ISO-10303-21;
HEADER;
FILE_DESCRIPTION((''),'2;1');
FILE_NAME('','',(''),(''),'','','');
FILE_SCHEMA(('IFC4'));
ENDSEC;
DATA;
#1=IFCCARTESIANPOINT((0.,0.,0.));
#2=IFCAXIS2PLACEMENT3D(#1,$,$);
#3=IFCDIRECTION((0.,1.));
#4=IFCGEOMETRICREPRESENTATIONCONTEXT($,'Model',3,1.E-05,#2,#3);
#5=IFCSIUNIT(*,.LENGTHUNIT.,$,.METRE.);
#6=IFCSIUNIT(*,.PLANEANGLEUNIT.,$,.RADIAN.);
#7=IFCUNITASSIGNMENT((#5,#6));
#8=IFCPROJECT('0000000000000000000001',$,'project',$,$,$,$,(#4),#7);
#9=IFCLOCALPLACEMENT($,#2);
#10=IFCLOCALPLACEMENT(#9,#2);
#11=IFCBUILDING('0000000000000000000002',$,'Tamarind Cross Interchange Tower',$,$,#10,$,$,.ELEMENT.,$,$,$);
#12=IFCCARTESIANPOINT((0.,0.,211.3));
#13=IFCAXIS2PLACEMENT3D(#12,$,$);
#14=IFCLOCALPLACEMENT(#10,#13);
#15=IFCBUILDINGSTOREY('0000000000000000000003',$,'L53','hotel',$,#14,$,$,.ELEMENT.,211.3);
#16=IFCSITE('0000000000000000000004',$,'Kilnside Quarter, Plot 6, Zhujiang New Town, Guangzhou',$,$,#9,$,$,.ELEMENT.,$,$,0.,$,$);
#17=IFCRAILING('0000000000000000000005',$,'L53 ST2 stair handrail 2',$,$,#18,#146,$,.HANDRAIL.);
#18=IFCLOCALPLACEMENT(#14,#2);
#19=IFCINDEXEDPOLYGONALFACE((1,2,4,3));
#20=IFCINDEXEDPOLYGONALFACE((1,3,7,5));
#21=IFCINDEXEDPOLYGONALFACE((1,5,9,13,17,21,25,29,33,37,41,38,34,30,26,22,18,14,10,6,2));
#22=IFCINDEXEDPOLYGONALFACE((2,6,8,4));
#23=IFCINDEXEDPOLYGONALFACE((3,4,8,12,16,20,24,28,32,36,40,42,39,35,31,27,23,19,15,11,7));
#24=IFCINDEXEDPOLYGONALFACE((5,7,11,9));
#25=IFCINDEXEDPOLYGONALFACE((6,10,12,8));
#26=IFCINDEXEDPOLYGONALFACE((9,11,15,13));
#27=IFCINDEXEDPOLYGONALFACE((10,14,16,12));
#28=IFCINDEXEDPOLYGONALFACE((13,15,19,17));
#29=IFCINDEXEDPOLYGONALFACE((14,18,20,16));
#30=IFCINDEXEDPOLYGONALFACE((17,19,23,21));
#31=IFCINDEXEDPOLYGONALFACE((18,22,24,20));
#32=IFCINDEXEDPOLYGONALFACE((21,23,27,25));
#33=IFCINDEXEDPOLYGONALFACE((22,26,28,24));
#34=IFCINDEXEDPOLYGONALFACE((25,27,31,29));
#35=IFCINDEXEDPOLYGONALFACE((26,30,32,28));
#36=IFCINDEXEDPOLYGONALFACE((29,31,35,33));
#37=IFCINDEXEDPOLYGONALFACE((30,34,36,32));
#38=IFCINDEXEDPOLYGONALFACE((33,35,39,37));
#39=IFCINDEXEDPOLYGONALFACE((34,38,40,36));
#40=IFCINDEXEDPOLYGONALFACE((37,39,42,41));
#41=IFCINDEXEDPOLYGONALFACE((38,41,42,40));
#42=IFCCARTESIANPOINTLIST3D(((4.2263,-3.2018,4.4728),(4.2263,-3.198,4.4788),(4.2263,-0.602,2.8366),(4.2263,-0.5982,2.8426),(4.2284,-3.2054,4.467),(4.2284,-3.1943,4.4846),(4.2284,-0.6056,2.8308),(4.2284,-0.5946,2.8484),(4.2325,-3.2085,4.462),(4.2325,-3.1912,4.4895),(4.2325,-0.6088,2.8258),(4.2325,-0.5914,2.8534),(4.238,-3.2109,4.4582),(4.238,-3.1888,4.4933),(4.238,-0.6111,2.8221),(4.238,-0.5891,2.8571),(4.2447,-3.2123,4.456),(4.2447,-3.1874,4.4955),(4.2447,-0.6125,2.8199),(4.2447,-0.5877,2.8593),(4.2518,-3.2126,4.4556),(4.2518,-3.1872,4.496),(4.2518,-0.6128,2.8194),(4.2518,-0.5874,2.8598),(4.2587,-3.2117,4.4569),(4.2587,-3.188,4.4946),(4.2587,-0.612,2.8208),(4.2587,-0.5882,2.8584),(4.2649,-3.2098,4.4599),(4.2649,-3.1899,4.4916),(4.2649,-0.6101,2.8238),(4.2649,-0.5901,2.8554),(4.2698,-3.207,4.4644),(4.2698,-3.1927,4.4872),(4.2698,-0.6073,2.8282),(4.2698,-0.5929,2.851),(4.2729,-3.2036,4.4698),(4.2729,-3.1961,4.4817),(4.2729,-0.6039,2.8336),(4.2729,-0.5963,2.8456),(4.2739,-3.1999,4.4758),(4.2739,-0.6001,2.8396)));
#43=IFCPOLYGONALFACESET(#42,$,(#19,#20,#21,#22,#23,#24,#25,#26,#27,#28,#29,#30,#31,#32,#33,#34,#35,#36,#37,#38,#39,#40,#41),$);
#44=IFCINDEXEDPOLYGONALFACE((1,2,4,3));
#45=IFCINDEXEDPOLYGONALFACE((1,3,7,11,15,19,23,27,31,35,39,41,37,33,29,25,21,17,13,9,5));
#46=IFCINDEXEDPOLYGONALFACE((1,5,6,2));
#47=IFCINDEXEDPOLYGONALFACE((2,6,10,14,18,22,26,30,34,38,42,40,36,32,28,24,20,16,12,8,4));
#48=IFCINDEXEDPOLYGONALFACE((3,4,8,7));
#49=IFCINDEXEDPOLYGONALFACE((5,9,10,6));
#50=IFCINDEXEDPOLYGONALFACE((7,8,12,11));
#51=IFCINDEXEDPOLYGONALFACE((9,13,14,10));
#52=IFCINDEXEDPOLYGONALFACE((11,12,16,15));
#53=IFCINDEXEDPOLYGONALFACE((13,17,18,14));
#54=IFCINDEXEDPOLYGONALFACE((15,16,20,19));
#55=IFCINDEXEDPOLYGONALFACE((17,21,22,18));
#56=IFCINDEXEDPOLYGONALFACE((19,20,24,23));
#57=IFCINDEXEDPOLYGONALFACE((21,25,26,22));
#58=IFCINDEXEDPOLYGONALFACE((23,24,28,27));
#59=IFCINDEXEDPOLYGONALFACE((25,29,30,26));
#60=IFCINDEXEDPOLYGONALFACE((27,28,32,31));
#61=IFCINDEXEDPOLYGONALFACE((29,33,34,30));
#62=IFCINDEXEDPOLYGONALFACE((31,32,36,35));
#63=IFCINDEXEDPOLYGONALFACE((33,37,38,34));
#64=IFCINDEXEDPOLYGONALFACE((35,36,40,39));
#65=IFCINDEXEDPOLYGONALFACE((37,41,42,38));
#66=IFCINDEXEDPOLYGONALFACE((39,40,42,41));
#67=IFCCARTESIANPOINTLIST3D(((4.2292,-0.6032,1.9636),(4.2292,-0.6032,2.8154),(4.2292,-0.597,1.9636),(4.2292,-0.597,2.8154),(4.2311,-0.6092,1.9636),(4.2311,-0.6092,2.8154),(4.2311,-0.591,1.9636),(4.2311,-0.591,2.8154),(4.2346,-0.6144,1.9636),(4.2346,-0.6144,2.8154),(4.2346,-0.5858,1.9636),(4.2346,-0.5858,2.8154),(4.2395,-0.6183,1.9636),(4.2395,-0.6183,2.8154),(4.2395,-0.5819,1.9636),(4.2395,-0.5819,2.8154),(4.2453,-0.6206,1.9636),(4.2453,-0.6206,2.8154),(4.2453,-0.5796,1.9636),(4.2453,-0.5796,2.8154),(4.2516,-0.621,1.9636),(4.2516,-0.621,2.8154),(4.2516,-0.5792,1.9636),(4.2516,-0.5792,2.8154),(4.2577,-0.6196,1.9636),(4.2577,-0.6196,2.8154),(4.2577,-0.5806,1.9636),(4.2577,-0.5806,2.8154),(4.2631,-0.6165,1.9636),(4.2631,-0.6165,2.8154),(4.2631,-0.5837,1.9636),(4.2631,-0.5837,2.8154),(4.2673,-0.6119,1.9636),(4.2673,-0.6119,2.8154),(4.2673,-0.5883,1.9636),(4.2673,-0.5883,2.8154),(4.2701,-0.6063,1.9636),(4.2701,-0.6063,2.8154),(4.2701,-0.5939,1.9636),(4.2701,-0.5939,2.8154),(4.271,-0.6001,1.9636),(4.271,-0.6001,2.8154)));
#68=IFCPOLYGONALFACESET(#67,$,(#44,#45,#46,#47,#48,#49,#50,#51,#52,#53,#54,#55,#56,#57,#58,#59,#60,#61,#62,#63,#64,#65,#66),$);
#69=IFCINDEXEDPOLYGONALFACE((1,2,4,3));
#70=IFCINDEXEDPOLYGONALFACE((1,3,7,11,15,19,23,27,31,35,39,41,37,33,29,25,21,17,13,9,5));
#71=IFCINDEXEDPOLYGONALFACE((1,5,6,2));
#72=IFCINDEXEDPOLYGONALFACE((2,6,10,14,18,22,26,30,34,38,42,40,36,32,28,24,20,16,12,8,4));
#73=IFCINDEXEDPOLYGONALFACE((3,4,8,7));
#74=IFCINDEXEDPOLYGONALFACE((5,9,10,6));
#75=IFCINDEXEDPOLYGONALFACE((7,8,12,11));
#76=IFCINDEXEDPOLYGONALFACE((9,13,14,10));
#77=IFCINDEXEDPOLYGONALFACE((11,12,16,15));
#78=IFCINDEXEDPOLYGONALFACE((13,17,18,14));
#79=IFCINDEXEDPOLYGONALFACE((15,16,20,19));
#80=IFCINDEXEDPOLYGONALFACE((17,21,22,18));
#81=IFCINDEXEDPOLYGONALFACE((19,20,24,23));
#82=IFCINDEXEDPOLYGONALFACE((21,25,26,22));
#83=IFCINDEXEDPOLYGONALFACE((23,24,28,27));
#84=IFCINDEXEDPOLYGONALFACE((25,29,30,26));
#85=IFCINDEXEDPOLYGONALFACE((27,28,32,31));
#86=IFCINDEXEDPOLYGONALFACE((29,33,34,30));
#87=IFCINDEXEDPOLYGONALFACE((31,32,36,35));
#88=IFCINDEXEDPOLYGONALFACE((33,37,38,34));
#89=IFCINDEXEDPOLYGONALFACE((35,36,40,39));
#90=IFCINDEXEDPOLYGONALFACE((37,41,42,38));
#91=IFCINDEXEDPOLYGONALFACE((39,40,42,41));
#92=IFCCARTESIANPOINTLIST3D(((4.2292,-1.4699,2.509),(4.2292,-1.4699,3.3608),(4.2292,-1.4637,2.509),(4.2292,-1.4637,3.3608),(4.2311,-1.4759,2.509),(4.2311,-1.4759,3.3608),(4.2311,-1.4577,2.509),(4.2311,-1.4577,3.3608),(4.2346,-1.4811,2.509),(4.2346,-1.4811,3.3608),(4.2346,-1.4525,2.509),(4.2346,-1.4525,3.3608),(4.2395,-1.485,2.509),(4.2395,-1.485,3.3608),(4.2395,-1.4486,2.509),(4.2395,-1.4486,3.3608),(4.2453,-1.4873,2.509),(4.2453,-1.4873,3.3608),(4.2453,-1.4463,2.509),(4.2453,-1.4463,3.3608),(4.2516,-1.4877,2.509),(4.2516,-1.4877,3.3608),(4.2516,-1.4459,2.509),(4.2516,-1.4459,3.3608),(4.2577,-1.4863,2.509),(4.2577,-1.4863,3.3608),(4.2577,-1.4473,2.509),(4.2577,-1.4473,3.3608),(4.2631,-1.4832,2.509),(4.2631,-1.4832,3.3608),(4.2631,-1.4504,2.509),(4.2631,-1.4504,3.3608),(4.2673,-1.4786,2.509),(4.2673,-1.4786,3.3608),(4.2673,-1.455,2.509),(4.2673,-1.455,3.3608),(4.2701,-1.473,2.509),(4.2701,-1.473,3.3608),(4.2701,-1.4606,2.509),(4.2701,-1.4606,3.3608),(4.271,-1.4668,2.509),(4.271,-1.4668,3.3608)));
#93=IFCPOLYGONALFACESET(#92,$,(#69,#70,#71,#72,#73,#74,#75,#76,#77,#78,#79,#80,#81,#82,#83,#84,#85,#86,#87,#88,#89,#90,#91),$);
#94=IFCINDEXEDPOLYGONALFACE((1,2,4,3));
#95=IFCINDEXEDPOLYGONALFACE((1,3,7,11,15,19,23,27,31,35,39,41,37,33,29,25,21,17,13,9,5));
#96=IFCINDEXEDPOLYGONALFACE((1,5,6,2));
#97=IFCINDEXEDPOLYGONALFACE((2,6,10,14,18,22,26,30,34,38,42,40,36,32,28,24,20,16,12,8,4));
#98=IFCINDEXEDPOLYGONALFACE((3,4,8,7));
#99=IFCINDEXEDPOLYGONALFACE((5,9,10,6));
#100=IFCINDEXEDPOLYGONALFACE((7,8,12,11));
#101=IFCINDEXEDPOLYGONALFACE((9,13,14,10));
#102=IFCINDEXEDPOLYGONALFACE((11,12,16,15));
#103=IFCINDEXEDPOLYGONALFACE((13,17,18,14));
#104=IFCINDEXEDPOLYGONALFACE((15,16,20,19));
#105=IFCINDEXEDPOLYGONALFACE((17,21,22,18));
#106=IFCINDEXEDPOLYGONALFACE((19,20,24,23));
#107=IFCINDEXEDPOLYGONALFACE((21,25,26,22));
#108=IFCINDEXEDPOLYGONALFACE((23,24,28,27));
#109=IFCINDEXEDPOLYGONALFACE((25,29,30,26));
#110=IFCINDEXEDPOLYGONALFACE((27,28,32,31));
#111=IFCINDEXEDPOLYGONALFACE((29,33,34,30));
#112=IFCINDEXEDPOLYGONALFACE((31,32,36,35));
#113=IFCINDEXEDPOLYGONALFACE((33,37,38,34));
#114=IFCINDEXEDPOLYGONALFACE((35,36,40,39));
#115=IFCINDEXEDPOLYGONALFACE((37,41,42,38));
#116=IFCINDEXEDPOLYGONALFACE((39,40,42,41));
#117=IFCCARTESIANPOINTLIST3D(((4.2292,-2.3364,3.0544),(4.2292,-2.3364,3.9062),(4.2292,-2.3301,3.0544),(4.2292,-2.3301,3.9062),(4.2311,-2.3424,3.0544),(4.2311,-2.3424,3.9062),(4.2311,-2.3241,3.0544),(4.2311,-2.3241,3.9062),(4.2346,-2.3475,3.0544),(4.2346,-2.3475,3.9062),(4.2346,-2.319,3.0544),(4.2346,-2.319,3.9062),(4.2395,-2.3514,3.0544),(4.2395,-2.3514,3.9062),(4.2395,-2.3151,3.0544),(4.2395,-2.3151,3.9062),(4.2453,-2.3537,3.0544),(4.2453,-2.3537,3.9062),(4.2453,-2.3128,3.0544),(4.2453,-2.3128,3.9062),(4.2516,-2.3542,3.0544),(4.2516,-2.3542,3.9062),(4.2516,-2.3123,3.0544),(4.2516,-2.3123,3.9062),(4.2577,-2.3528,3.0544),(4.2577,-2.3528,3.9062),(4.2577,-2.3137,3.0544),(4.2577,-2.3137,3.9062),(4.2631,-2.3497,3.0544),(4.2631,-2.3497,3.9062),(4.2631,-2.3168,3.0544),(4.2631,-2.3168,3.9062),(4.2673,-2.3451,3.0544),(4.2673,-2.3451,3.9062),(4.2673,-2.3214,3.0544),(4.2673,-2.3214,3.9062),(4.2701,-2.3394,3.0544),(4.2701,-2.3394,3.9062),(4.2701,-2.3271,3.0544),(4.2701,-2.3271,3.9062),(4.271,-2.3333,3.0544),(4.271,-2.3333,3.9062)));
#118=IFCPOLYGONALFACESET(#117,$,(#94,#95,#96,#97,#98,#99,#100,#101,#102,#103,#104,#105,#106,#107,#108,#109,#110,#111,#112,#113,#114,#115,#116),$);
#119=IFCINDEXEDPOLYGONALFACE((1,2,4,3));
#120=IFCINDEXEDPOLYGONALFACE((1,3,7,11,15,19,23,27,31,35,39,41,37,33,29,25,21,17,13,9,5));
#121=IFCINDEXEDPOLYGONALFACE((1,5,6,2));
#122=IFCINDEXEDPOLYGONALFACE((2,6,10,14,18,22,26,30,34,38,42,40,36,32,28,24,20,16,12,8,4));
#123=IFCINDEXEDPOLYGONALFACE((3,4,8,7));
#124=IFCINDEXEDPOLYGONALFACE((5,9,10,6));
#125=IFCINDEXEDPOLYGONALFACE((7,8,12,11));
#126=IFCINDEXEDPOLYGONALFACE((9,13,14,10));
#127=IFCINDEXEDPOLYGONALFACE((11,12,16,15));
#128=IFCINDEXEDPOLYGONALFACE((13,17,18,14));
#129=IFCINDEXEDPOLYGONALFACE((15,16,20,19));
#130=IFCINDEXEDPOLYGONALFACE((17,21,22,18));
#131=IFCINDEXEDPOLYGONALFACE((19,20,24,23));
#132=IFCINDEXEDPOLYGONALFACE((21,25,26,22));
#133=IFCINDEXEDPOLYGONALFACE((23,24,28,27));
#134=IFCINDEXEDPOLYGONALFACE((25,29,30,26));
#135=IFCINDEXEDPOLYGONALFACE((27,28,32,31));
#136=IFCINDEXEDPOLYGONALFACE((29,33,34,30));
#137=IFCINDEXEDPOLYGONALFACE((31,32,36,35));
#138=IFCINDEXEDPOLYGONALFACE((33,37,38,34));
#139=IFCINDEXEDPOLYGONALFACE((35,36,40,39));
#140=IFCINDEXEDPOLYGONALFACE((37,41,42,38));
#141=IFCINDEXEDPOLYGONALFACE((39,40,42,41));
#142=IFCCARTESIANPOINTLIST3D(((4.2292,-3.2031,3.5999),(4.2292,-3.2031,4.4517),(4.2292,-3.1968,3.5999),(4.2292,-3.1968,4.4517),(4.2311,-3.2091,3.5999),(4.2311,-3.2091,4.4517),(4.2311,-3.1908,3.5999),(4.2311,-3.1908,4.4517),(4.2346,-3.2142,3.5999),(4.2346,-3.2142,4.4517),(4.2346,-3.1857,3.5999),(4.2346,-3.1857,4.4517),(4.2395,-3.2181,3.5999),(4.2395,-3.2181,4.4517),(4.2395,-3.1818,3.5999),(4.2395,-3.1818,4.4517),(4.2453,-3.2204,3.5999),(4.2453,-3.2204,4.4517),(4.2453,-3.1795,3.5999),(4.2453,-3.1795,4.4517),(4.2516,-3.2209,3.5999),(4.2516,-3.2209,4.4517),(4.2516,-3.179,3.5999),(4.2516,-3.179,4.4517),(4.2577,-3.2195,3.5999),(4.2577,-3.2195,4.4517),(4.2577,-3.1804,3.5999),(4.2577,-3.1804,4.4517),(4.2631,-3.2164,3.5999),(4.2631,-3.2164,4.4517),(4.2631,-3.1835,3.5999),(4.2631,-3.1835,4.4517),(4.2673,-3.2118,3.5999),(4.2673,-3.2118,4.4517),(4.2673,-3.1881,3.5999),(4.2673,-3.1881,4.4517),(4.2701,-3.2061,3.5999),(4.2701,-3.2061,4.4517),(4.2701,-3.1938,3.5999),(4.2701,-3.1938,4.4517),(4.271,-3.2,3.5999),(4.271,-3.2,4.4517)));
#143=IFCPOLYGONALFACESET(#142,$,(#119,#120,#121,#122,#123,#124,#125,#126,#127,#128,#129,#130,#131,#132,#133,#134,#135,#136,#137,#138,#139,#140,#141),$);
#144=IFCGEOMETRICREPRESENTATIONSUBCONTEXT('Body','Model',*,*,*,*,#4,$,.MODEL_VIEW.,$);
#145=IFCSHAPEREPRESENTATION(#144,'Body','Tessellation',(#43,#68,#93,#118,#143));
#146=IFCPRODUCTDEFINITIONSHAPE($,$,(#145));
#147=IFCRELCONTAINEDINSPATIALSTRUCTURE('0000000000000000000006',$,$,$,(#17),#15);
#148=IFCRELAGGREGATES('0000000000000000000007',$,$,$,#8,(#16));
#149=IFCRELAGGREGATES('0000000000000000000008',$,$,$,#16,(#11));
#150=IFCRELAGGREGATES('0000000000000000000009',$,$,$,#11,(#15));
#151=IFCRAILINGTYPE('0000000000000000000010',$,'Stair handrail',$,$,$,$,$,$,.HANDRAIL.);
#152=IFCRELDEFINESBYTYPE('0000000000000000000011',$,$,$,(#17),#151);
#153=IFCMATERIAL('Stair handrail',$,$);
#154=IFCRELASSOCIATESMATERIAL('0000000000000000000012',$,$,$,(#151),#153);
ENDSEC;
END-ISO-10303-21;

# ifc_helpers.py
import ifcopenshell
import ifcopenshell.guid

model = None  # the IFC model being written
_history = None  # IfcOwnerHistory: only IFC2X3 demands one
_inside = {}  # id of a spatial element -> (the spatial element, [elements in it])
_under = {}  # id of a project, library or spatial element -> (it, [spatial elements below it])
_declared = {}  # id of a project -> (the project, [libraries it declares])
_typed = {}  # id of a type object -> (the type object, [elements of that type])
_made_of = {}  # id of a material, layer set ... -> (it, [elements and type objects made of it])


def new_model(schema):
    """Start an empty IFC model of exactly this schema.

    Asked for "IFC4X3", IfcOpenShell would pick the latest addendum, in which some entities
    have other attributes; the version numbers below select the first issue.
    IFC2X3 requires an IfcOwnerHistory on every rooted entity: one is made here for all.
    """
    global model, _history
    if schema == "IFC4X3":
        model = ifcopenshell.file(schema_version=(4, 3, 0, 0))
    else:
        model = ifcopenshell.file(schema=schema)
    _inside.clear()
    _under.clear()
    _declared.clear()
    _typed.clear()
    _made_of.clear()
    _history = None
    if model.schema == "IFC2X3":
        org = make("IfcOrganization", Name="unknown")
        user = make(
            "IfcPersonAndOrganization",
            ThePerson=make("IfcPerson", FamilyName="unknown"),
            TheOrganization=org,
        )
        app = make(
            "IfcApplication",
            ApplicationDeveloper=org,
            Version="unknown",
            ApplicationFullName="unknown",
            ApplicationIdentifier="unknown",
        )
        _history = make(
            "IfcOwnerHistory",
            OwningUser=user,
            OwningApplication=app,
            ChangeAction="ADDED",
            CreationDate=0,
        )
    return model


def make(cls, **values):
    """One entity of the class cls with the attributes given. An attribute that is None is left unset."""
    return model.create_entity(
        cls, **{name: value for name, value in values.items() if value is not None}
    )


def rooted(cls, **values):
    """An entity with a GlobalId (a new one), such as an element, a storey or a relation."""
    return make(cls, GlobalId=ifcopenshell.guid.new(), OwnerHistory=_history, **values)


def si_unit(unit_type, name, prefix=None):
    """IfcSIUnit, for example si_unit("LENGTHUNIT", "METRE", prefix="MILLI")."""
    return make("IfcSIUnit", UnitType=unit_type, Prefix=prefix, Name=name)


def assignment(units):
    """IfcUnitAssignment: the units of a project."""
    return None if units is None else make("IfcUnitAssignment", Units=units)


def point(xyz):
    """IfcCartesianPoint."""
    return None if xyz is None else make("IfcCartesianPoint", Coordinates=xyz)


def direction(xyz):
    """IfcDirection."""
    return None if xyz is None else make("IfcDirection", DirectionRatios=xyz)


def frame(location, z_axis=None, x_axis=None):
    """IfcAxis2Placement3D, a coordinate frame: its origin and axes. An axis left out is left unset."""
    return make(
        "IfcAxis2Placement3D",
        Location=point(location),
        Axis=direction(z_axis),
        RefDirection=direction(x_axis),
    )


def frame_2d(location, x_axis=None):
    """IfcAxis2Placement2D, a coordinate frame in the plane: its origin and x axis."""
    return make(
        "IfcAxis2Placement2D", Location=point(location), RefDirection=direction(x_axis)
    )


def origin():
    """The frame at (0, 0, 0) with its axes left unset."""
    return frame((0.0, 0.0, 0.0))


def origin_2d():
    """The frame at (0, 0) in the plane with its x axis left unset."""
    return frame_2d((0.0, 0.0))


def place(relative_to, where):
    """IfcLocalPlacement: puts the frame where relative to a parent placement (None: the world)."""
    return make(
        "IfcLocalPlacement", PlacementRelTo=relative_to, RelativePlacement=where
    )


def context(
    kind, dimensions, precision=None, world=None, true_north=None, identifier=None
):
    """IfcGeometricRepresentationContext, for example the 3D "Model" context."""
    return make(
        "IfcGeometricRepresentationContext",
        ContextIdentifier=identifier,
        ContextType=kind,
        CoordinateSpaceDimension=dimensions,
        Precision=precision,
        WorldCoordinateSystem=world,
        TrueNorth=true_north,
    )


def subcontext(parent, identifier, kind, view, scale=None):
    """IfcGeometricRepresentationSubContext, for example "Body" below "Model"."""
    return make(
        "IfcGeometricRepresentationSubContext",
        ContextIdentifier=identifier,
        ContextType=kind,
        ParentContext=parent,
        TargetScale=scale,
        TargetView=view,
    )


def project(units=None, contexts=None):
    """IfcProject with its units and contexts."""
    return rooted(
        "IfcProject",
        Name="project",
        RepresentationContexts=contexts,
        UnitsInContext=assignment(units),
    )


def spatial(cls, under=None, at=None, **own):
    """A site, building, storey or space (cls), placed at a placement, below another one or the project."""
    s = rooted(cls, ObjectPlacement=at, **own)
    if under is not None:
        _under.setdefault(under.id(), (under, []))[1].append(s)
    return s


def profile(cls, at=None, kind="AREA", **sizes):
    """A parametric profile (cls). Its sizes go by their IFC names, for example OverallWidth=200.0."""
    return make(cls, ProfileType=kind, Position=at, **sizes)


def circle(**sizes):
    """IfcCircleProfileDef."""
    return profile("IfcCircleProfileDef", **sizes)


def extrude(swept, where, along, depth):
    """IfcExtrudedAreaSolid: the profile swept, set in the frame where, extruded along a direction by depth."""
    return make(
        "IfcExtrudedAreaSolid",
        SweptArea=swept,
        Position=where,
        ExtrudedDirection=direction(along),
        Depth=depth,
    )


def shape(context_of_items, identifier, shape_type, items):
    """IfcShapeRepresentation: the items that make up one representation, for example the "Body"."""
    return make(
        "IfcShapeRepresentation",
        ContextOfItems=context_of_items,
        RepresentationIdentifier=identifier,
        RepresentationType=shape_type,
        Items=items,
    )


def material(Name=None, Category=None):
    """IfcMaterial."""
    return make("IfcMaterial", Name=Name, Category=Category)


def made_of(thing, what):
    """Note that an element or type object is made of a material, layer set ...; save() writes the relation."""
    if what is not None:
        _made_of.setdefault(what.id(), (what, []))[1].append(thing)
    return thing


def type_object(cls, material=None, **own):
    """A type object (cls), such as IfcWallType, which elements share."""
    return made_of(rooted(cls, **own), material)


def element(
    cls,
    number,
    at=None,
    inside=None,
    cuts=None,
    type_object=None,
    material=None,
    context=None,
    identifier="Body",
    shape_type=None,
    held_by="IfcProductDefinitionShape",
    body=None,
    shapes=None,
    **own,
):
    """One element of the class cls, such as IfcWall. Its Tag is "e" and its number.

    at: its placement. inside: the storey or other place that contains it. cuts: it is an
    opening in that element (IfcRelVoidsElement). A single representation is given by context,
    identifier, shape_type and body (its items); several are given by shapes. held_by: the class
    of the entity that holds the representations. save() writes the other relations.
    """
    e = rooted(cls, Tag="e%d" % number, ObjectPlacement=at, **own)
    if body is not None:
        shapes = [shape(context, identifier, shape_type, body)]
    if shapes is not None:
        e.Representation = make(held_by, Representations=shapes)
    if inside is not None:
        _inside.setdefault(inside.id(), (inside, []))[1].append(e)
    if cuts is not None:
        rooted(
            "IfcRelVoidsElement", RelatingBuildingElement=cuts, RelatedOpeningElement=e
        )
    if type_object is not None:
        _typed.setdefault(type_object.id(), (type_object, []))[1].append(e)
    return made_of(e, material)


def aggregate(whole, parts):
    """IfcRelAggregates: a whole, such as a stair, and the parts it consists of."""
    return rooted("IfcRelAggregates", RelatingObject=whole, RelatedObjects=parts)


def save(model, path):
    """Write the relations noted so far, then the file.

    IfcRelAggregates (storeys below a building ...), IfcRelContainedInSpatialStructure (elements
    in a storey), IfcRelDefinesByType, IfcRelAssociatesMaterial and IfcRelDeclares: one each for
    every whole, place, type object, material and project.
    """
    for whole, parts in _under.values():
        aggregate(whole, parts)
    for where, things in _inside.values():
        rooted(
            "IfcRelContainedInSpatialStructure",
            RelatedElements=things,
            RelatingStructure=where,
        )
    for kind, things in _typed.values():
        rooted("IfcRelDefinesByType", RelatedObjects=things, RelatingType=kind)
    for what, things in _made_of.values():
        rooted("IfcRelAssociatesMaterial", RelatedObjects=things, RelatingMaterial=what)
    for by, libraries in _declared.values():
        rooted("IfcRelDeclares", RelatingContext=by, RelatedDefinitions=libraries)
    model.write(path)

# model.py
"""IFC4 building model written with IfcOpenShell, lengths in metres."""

from ifc_helpers import new_model, si_unit, direction, frame, origin, origin_2d, place, context, subcontext, project, spatial, circle, extrude, material, type_object, element, save


model = new_model("IFC4")

# Units and contexts
model_context = context("Model", 3, precision=1e-05, world=origin(), true_north=direction((0.0, 1.0)))
body_context = subcontext(model_context, "Body", "Model", "MODEL_VIEW")
ifc_project = project(units=[si_unit("LENGTHUNIT", "METRE"), si_unit("PLANEANGLEUNIT", "RADIAN")], contexts=[model_context])

# Site, building, storey
site_placement = place(None, origin())
site = spatial("IfcSite", under=ifc_project, at=site_placement, Name="Kilnside Quarter, Plot 6, Zhujiang New Town, Guangzhou", CompositionType="ELEMENT", RefElevation=0.0)
building_placement = place(site_placement, origin())
building = spatial("IfcBuilding", under=site, at=building_placement, Name="Tamarind Cross Interchange Tower", CompositionType="ELEMENT")
storey_placement = place(building_placement, frame((0.0, 0.0, 211.3)))
storey = spatial("IfcBuildingStorey", under=building, at=storey_placement, Name="L53", Description="hotel", CompositionType="ELEMENT", Elevation=211.3)

# Railing
ifc_material_1 = material(Name="Stair handrail")
railing_type_1 = type_object("IfcRailingType", Name="Stair handrail", PredefinedType="HANDRAIL", material=ifc_material_1)
railing_1_placement = place(storey_placement, frame((4.25, -0.6001, 1.9636)))
element("IfcRailing", 1, at=railing_1_placement, inside=storey, type_object=railing_type_1, Name="L53 ST2 stair handrail 2", PredefinedType="HANDRAIL", context=body_context, shape_type="SweptSolid", body=[
    extrude(circle(Radius=0.0239, at=origin_2d()), frame((0.0, 0.0, 0.876), z_axis=(0.0, -0.846338, 0.532647), x_axis=(1.0, 0.0, 0.0)), (0.0, 0.0, 1.0), 3.0718),
    extrude(circle(Radius=0.021, at=origin_2d()), origin(), (0.0, 0.0, 1.0), 0.8518),
    extrude(circle(Radius=0.021, at=origin_2d()), frame((0.0, -0.8667, 0.5454)), (0.0, 0.0, 1.0), 0.8518),
    extrude(circle(Radius=0.021, at=origin_2d()), frame((0.0, -1.7332, 1.0908)), (0.0, 0.0, 1.0), 0.8518),
    extrude(circle(Radius=0.021, at=origin_2d()), frame((0.0, -2.5999, 1.6362)), (0.0, 0.0, 1.0), 0.8518),
])

save(model, "model.ifc")
